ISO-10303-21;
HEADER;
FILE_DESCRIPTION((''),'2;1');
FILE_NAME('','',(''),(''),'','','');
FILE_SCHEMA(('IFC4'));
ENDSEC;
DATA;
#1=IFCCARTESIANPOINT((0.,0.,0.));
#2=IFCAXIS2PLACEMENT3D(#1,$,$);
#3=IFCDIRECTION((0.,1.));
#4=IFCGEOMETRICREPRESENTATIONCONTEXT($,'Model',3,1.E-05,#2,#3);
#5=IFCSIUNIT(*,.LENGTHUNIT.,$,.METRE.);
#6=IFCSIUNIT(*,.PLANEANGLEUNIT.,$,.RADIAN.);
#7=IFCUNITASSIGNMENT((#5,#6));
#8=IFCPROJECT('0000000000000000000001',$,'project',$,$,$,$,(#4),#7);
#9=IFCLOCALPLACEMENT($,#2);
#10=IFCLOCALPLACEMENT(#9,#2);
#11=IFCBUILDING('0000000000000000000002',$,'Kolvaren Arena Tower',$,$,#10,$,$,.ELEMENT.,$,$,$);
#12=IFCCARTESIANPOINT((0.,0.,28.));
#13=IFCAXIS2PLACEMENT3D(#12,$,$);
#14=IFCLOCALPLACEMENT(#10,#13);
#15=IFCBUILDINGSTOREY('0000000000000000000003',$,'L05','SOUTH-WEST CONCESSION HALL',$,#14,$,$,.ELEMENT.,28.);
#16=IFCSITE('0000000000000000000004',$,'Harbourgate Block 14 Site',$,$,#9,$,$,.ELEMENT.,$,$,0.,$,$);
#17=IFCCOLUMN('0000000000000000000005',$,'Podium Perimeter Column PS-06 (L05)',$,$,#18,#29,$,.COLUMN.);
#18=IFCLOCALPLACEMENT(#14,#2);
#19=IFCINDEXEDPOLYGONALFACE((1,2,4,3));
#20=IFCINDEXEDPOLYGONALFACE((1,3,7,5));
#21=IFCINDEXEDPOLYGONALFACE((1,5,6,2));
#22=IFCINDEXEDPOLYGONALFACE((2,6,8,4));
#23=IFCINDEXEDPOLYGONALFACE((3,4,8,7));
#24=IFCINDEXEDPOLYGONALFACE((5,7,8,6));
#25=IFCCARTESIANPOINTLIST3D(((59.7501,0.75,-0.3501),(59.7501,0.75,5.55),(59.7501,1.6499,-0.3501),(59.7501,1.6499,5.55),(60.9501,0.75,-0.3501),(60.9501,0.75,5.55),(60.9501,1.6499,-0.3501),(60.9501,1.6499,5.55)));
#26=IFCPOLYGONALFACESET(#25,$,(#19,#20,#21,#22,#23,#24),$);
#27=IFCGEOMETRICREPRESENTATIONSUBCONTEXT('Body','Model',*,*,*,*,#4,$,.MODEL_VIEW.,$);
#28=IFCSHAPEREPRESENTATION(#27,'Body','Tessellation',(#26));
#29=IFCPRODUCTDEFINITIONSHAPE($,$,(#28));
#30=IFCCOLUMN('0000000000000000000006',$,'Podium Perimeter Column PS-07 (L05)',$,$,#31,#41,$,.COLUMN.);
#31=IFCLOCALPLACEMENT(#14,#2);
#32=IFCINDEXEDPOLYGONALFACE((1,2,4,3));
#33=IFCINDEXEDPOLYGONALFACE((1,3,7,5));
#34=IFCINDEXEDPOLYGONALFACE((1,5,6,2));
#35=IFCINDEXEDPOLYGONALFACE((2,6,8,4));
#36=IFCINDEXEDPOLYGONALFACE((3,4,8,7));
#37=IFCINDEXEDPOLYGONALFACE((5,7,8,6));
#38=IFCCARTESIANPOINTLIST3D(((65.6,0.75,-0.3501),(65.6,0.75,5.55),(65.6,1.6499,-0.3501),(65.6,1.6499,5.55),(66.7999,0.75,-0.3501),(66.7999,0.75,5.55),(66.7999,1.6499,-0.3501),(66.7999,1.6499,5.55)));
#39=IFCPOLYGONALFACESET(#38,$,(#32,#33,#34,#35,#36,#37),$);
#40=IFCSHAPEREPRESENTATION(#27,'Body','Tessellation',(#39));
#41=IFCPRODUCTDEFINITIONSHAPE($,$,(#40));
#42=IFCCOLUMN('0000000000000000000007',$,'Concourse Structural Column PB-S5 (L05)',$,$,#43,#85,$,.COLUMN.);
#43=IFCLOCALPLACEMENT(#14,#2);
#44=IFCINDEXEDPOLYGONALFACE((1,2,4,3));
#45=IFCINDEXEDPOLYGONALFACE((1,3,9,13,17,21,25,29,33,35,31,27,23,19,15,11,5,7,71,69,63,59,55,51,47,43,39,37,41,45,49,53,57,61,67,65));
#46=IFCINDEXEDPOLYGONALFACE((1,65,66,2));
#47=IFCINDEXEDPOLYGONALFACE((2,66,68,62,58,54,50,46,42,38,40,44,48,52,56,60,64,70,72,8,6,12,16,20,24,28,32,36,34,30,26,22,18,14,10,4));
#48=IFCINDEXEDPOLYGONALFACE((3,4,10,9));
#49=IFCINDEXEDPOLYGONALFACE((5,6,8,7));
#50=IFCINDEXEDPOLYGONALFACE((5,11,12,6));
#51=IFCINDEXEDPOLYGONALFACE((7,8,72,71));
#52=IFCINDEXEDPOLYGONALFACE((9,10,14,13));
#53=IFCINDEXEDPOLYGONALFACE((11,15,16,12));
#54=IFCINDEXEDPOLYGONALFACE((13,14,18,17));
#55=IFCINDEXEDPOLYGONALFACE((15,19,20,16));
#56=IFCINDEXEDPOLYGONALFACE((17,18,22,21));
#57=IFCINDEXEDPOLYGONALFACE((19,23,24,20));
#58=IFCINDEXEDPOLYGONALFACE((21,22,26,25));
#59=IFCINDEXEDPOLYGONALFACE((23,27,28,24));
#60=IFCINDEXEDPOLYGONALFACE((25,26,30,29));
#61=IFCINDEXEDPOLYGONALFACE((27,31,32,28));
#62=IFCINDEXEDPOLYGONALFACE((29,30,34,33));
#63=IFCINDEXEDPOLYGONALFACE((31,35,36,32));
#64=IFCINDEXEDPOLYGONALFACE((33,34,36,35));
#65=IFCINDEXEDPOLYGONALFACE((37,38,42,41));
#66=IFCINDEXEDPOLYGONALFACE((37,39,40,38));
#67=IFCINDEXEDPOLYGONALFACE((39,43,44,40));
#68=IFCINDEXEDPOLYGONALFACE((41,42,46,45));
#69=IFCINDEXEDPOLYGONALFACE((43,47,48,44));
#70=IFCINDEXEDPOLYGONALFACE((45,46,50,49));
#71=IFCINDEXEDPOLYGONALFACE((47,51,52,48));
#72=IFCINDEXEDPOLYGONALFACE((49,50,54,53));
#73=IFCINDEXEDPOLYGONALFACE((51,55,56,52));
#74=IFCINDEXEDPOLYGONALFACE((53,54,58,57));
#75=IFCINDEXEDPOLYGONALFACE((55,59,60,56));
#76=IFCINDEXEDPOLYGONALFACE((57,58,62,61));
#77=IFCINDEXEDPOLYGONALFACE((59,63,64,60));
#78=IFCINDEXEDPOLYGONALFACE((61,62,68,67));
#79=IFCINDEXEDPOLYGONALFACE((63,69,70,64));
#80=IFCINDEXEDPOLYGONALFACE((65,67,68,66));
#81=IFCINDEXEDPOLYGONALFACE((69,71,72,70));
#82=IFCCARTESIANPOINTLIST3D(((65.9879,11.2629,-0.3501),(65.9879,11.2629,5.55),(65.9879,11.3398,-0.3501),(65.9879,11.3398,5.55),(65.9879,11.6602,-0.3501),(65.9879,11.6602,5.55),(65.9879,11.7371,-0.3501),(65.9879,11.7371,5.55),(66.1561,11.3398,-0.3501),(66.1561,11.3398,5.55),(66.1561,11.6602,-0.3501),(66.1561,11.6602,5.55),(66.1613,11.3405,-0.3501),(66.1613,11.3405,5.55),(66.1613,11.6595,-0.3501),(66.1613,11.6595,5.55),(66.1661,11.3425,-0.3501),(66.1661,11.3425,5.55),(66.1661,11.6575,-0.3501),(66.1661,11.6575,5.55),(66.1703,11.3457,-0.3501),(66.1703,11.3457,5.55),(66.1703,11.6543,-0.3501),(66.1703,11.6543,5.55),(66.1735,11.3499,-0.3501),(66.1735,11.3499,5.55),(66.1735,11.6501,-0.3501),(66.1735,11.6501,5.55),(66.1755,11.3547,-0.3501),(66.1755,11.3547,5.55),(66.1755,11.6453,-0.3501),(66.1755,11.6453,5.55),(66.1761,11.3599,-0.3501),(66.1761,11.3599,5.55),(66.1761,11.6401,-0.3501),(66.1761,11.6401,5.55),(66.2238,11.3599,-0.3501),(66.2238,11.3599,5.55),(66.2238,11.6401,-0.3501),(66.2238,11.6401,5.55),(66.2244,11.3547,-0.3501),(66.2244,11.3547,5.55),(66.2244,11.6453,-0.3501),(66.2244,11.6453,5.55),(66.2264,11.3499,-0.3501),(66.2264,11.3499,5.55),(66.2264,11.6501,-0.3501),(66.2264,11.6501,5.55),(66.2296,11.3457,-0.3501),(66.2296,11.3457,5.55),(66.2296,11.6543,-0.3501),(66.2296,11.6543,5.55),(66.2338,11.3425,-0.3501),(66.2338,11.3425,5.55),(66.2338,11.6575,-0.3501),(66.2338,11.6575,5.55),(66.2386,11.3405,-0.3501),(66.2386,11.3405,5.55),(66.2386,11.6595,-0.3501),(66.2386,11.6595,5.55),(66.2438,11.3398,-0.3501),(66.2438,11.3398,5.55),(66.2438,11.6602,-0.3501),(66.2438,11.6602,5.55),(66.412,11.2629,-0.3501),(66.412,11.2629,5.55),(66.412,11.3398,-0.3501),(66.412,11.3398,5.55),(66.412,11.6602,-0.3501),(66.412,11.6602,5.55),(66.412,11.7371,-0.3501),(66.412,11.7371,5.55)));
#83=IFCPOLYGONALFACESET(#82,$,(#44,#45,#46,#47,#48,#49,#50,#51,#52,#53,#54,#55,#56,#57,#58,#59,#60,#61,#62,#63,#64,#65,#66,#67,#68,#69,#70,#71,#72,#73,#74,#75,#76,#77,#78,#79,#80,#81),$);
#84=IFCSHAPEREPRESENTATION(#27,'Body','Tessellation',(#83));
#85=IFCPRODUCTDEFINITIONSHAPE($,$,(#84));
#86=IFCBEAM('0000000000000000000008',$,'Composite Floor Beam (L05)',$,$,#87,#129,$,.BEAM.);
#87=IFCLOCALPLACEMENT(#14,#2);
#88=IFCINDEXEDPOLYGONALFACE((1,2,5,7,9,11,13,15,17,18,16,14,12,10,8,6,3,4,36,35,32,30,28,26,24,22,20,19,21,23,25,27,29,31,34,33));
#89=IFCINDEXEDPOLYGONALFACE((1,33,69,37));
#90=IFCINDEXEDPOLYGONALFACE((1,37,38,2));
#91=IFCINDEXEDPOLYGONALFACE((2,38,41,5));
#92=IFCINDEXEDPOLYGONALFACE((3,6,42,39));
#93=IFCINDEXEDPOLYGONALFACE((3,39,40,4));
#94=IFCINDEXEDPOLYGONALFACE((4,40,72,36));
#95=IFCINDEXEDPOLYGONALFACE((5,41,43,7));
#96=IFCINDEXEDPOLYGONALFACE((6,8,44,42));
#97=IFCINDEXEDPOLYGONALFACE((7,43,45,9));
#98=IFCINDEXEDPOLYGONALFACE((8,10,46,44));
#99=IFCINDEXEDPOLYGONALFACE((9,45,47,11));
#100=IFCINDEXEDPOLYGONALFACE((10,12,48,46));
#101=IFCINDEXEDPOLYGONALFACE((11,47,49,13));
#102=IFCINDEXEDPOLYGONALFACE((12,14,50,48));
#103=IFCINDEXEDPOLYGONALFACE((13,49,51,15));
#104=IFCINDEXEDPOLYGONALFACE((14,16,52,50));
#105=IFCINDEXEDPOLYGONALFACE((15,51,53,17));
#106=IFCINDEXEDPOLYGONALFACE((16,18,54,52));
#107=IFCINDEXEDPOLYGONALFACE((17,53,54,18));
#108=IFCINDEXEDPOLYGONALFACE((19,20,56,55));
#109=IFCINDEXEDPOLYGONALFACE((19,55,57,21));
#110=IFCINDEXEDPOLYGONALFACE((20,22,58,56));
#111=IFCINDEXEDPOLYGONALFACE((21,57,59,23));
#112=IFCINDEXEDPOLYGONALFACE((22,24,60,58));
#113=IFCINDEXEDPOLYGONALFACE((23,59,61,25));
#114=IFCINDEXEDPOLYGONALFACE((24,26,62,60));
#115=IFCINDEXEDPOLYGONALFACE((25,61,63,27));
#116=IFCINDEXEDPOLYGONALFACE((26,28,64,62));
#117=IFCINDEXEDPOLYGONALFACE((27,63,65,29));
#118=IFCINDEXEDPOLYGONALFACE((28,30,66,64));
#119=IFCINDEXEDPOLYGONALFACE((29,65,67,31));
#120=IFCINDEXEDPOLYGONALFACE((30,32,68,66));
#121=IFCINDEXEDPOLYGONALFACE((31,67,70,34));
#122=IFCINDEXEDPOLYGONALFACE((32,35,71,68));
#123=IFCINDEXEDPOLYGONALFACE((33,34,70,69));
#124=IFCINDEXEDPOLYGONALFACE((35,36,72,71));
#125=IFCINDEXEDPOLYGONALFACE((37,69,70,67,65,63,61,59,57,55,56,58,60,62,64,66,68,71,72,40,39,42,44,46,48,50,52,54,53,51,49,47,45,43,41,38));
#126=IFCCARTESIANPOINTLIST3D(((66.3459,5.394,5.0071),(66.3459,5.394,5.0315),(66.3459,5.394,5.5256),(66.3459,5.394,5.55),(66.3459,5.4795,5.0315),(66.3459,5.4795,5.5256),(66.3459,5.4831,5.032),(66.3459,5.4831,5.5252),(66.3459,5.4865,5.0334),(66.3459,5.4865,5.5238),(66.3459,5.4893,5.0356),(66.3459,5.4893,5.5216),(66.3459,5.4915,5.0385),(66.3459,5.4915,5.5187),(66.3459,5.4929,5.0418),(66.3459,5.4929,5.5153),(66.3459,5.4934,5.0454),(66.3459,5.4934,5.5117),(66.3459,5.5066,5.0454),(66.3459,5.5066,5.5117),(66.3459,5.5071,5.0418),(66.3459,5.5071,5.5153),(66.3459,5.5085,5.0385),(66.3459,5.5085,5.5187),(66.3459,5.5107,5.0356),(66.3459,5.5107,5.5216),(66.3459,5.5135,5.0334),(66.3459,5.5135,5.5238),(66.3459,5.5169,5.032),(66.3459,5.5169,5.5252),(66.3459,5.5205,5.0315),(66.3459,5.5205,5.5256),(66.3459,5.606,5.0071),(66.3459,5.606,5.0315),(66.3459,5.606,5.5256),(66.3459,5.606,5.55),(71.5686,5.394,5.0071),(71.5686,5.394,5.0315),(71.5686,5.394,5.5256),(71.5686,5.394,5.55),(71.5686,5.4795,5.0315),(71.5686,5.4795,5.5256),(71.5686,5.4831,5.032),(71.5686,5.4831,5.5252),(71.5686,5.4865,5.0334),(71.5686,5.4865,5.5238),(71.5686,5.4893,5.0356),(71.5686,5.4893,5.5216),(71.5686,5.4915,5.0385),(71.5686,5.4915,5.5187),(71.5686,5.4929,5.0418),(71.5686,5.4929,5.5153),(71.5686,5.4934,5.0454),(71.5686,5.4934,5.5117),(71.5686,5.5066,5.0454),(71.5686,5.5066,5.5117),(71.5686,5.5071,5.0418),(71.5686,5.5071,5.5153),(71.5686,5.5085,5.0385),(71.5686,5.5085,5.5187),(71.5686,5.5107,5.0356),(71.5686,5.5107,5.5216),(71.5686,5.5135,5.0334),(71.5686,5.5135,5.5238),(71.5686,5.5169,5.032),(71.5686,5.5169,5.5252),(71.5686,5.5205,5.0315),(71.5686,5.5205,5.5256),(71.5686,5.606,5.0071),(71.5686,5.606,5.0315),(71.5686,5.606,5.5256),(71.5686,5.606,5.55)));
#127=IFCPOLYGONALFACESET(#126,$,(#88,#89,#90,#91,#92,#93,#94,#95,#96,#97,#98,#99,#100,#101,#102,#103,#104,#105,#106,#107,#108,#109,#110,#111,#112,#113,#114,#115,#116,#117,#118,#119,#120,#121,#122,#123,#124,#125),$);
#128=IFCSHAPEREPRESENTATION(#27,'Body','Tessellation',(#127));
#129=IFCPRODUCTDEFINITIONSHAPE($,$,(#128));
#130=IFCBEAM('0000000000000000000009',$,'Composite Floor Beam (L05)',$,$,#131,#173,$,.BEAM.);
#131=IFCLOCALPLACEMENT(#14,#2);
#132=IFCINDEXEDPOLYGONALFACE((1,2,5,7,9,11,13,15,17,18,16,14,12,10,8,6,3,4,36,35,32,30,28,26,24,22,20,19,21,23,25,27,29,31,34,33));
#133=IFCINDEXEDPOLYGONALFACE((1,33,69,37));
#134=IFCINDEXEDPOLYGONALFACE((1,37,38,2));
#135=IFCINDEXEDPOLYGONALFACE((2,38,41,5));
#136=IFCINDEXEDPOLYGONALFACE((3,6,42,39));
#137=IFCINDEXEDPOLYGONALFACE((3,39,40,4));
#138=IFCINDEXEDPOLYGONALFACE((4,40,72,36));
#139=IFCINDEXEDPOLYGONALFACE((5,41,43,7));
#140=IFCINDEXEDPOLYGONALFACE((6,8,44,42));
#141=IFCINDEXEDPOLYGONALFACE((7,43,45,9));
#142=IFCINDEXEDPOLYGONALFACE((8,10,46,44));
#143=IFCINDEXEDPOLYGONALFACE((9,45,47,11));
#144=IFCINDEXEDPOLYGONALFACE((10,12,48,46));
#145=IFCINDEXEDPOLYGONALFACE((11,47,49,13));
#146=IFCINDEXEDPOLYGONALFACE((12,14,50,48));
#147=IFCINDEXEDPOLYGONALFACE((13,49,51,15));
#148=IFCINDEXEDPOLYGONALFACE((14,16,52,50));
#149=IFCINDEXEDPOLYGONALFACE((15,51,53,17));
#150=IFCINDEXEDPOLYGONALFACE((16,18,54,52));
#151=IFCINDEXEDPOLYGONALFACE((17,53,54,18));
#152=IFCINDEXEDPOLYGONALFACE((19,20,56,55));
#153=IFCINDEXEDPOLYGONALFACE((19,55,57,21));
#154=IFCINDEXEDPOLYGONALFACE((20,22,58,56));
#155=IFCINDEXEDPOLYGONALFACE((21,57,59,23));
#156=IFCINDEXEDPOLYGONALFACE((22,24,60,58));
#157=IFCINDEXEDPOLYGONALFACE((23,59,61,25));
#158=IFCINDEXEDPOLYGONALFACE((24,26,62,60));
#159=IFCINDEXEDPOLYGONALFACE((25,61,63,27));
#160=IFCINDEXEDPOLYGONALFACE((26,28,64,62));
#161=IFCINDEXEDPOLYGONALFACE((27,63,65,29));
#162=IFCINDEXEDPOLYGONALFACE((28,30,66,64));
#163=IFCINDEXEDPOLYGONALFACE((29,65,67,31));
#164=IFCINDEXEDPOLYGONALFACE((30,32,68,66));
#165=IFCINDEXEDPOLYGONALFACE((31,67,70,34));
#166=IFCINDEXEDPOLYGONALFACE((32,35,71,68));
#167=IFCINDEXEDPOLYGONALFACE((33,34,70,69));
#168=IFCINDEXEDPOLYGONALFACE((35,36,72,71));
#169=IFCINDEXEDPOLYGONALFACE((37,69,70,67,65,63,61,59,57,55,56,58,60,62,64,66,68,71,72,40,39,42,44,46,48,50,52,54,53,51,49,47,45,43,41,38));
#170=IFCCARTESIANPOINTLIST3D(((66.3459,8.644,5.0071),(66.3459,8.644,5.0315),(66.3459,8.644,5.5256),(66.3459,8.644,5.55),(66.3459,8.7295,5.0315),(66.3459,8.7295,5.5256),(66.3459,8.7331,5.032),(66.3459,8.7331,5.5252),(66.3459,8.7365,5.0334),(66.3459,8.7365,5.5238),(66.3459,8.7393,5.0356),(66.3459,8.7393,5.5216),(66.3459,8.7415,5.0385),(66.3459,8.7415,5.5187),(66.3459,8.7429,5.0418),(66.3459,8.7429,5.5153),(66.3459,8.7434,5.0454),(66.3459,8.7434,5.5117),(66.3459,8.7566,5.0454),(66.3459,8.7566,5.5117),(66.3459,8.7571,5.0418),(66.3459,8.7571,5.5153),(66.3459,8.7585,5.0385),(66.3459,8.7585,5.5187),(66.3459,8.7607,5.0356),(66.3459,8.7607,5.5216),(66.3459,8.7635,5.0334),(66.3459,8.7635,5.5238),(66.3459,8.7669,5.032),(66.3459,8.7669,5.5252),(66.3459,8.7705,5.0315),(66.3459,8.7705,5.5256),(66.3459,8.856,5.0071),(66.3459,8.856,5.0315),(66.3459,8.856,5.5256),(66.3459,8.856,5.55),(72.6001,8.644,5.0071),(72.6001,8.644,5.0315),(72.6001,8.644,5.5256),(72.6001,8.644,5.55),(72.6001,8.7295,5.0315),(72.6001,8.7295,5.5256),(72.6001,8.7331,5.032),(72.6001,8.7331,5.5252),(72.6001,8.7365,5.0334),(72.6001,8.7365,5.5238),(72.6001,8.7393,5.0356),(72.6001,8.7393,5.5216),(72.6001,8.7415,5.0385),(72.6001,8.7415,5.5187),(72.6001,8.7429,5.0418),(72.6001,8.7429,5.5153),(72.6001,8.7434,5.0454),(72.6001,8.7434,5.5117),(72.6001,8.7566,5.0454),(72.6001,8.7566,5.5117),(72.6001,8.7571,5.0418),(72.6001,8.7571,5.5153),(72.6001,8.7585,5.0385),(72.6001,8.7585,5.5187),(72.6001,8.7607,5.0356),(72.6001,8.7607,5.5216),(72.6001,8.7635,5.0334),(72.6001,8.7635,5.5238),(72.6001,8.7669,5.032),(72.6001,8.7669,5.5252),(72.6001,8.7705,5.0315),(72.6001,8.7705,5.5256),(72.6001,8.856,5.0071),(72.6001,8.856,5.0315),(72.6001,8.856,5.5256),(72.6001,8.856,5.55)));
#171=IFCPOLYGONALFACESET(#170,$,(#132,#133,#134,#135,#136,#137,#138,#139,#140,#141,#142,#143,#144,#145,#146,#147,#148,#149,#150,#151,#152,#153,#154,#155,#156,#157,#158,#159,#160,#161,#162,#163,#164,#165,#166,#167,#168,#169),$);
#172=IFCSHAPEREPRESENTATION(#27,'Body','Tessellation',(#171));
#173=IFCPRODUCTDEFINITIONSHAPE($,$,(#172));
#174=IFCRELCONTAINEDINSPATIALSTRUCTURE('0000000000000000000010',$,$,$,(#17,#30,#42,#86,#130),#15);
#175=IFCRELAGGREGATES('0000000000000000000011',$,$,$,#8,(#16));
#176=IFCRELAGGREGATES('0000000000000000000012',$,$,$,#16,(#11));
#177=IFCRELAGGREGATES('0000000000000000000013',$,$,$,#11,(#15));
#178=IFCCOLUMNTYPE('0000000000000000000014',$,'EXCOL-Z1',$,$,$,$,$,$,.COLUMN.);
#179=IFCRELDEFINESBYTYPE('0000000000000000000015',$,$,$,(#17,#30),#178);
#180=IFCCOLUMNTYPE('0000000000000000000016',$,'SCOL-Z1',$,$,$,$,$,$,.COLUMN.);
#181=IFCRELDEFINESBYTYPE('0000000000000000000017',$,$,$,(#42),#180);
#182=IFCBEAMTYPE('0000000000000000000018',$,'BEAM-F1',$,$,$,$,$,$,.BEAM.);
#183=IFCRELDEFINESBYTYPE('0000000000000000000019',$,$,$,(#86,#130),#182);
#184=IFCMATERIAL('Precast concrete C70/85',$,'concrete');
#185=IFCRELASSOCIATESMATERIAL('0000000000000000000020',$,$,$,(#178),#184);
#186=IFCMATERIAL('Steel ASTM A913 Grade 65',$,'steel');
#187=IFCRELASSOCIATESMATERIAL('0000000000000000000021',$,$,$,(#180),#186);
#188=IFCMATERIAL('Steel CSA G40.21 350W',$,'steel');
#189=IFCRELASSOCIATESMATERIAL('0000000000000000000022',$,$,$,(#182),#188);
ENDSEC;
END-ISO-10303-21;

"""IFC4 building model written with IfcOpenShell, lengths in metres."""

from ifc_helpers import new_model, si_unit, direction, frame, origin, origin_2d, place, context, subcontext, project, spatial, rectangle, i_section, extrude, material, material_profile, profile_set, type_object, element, save


model = new_model("IFC4")

# Units and contexts
model_context = context("Model", 3, precision=1e-05, world=origin(), true_north=direction((0.0, 1.0)))
body_context = subcontext(model_context, "Body", "Model", "MODEL_VIEW")
ifc_project = project(units=[si_unit("LENGTHUNIT", "METRE"), si_unit("PLANEANGLEUNIT", "RADIAN")], contexts=[model_context])

# Site, building, storey
site_placement = place(None, origin())
site = spatial("IfcSite", under=ifc_project, at=site_placement, Name="Harbourgate Block 14 Site", CompositionType="ELEMENT", RefElevation=0.0)
building_placement = place(site_placement, origin())
building = spatial("IfcBuilding", under=site, at=building_placement, Name="Kolvaren Arena Tower", CompositionType="ELEMENT")
storey_placement = place(building_placement, frame((0.0, 0.0, 28.0)))
storey = spatial("IfcBuildingStorey", under=building, at=storey_placement, Name="L05", Description="SOUTH-WEST CONCESSION HALL", CompositionType="ELEMENT", Elevation=28.0)

# Columns
ifc_material_1 = material(Name="Precast concrete C70/85", Category="concrete")
ifc_material_profile_1 = material_profile(ifc_material_1, rectangle(XDim=1.2, YDim=0.8999, at=origin_2d()), Name="RC-1200x900")
ifc_profile_set_1 = profile_set([ifc_material_profile_1], Name="Precast concrete C70/85")
column_type_1 = type_object("IfcColumnType", Name="EXCOL-Z1", PredefinedType="COLUMN", material=ifc_profile_set_1)
for number, where, z_axis, x_axis, name in (
    (1, (60.3501, 1.2, -0.3501), (0.0, 0.0, 1.0), (1.0, 0.0, 0.0), "Podium Perimeter Column PS-06 (L05)"),
    (2, (66.2, 1.2, -0.3501), (0.0, 0.0, 1.0), (1.0, 0.0, 0.0), "Podium Perimeter Column PS-07 (L05)"),
):
    element("IfcColumn", number, at=place(storey_placement, frame(where, z_axis=z_axis, x_axis=x_axis)), inside=storey, type_object=column_type_1, Name=name, PredefinedType="COLUMN", context=body_context, shape_type="SweptSolid", body=[
        extrude(rectangle(XDim=1.2, YDim=0.8999, at=origin_2d()), origin(), (0.0, 0.0, 1.0), 5.9001),
    ])
ifc_material_2 = material(Name="Steel ASTM A913 Grade 65", Category="steel")
ifc_material_profile_2 = material_profile(ifc_material_2, i_section(OverallWidth=0.4241, OverallDepth=0.4741, WebThickness=0.0476, FlangeThickness=0.0769, FilletRadius=0.02, at=origin_2d()), Name="W360x634")
ifc_profile_set_2 = profile_set([ifc_material_profile_2], Name="Steel ASTM A913 Grade 65")
column_type_2 = type_object("IfcColumnType", Name="SCOL-Z1", PredefinedType="COLUMN", material=ifc_profile_set_2)
column_placement = place(storey_placement, frame((66.2, 11.5, -0.3501), z_axis=(0.0, 0.0, 1.0), x_axis=(1.0, 0.0, 0.0)))
element("IfcColumn", 3, at=column_placement, inside=storey, type_object=column_type_2, Name="Concourse Structural Column PB-S5 (L05)", PredefinedType="COLUMN", context=body_context, shape_type="SweptSolid", body=[
    extrude(i_section(OverallWidth=0.4241, OverallDepth=0.4741, WebThickness=0.0476, FlangeThickness=0.0769, FilletRadius=0.02, at=origin_2d()), origin(), (0.0, 0.0, 1.0), 5.9001),
])

# Beams
ifc_material_3 = material(Name="Steel CSA G40.21 350W", Category="steel")
ifc_material_profile_3 = material_profile(ifc_material_3, i_section(OverallWidth=0.2119, OverallDepth=0.543, WebThickness=0.0132, FlangeThickness=0.0244, FilletRadius=0.0139, at=origin_2d()), Name="W530x150")
ifc_profile_set_3 = profile_set([ifc_material_profile_3], Name="Steel CSA G40.21 350W")
beam_type_1 = type_object("IfcBeamType", Name="BEAM-F1", PredefinedType="BEAM", material=ifc_profile_set_3)
beam_1_placement = place(storey_placement, frame((66.3459, 5.5, 5.2786), z_axis=(1.0, 0.0, 0.0), x_axis=(0.0, 1.0, 0.0)))
element("IfcBeam", 4, at=beam_1_placement, inside=storey, type_object=beam_type_1, Name="Composite Floor Beam (L05)", PredefinedType="BEAM", context=body_context, shape_type="SweptSolid", body=[
    extrude(i_section(OverallWidth=0.2119, OverallDepth=0.543, WebThickness=0.0132, FlangeThickness=0.0244, FilletRadius=0.0139, at=origin_2d()), origin(), (0.0, 0.0, 1.0), 5.2227),
])
beam_2_placement = place(storey_placement, frame((66.3459, 8.75, 5.2786), z_axis=(1.0, 0.0, 0.0), x_axis=(0.0, 1.0, 0.0)))
element("IfcBeam", 5, at=beam_2_placement, inside=storey, type_object=beam_type_1, Name="Composite Floor Beam (L05)", PredefinedType="BEAM", context=body_context, shape_type="SweptSolid", body=[
    extrude(i_section(OverallWidth=0.2119, OverallDepth=0.543, WebThickness=0.0132, FlangeThickness=0.0244, FilletRadius=0.0139, at=origin_2d()), origin(), (0.0, 0.0, 1.0), 6.2542),
])

save(model, "model.ifc")
